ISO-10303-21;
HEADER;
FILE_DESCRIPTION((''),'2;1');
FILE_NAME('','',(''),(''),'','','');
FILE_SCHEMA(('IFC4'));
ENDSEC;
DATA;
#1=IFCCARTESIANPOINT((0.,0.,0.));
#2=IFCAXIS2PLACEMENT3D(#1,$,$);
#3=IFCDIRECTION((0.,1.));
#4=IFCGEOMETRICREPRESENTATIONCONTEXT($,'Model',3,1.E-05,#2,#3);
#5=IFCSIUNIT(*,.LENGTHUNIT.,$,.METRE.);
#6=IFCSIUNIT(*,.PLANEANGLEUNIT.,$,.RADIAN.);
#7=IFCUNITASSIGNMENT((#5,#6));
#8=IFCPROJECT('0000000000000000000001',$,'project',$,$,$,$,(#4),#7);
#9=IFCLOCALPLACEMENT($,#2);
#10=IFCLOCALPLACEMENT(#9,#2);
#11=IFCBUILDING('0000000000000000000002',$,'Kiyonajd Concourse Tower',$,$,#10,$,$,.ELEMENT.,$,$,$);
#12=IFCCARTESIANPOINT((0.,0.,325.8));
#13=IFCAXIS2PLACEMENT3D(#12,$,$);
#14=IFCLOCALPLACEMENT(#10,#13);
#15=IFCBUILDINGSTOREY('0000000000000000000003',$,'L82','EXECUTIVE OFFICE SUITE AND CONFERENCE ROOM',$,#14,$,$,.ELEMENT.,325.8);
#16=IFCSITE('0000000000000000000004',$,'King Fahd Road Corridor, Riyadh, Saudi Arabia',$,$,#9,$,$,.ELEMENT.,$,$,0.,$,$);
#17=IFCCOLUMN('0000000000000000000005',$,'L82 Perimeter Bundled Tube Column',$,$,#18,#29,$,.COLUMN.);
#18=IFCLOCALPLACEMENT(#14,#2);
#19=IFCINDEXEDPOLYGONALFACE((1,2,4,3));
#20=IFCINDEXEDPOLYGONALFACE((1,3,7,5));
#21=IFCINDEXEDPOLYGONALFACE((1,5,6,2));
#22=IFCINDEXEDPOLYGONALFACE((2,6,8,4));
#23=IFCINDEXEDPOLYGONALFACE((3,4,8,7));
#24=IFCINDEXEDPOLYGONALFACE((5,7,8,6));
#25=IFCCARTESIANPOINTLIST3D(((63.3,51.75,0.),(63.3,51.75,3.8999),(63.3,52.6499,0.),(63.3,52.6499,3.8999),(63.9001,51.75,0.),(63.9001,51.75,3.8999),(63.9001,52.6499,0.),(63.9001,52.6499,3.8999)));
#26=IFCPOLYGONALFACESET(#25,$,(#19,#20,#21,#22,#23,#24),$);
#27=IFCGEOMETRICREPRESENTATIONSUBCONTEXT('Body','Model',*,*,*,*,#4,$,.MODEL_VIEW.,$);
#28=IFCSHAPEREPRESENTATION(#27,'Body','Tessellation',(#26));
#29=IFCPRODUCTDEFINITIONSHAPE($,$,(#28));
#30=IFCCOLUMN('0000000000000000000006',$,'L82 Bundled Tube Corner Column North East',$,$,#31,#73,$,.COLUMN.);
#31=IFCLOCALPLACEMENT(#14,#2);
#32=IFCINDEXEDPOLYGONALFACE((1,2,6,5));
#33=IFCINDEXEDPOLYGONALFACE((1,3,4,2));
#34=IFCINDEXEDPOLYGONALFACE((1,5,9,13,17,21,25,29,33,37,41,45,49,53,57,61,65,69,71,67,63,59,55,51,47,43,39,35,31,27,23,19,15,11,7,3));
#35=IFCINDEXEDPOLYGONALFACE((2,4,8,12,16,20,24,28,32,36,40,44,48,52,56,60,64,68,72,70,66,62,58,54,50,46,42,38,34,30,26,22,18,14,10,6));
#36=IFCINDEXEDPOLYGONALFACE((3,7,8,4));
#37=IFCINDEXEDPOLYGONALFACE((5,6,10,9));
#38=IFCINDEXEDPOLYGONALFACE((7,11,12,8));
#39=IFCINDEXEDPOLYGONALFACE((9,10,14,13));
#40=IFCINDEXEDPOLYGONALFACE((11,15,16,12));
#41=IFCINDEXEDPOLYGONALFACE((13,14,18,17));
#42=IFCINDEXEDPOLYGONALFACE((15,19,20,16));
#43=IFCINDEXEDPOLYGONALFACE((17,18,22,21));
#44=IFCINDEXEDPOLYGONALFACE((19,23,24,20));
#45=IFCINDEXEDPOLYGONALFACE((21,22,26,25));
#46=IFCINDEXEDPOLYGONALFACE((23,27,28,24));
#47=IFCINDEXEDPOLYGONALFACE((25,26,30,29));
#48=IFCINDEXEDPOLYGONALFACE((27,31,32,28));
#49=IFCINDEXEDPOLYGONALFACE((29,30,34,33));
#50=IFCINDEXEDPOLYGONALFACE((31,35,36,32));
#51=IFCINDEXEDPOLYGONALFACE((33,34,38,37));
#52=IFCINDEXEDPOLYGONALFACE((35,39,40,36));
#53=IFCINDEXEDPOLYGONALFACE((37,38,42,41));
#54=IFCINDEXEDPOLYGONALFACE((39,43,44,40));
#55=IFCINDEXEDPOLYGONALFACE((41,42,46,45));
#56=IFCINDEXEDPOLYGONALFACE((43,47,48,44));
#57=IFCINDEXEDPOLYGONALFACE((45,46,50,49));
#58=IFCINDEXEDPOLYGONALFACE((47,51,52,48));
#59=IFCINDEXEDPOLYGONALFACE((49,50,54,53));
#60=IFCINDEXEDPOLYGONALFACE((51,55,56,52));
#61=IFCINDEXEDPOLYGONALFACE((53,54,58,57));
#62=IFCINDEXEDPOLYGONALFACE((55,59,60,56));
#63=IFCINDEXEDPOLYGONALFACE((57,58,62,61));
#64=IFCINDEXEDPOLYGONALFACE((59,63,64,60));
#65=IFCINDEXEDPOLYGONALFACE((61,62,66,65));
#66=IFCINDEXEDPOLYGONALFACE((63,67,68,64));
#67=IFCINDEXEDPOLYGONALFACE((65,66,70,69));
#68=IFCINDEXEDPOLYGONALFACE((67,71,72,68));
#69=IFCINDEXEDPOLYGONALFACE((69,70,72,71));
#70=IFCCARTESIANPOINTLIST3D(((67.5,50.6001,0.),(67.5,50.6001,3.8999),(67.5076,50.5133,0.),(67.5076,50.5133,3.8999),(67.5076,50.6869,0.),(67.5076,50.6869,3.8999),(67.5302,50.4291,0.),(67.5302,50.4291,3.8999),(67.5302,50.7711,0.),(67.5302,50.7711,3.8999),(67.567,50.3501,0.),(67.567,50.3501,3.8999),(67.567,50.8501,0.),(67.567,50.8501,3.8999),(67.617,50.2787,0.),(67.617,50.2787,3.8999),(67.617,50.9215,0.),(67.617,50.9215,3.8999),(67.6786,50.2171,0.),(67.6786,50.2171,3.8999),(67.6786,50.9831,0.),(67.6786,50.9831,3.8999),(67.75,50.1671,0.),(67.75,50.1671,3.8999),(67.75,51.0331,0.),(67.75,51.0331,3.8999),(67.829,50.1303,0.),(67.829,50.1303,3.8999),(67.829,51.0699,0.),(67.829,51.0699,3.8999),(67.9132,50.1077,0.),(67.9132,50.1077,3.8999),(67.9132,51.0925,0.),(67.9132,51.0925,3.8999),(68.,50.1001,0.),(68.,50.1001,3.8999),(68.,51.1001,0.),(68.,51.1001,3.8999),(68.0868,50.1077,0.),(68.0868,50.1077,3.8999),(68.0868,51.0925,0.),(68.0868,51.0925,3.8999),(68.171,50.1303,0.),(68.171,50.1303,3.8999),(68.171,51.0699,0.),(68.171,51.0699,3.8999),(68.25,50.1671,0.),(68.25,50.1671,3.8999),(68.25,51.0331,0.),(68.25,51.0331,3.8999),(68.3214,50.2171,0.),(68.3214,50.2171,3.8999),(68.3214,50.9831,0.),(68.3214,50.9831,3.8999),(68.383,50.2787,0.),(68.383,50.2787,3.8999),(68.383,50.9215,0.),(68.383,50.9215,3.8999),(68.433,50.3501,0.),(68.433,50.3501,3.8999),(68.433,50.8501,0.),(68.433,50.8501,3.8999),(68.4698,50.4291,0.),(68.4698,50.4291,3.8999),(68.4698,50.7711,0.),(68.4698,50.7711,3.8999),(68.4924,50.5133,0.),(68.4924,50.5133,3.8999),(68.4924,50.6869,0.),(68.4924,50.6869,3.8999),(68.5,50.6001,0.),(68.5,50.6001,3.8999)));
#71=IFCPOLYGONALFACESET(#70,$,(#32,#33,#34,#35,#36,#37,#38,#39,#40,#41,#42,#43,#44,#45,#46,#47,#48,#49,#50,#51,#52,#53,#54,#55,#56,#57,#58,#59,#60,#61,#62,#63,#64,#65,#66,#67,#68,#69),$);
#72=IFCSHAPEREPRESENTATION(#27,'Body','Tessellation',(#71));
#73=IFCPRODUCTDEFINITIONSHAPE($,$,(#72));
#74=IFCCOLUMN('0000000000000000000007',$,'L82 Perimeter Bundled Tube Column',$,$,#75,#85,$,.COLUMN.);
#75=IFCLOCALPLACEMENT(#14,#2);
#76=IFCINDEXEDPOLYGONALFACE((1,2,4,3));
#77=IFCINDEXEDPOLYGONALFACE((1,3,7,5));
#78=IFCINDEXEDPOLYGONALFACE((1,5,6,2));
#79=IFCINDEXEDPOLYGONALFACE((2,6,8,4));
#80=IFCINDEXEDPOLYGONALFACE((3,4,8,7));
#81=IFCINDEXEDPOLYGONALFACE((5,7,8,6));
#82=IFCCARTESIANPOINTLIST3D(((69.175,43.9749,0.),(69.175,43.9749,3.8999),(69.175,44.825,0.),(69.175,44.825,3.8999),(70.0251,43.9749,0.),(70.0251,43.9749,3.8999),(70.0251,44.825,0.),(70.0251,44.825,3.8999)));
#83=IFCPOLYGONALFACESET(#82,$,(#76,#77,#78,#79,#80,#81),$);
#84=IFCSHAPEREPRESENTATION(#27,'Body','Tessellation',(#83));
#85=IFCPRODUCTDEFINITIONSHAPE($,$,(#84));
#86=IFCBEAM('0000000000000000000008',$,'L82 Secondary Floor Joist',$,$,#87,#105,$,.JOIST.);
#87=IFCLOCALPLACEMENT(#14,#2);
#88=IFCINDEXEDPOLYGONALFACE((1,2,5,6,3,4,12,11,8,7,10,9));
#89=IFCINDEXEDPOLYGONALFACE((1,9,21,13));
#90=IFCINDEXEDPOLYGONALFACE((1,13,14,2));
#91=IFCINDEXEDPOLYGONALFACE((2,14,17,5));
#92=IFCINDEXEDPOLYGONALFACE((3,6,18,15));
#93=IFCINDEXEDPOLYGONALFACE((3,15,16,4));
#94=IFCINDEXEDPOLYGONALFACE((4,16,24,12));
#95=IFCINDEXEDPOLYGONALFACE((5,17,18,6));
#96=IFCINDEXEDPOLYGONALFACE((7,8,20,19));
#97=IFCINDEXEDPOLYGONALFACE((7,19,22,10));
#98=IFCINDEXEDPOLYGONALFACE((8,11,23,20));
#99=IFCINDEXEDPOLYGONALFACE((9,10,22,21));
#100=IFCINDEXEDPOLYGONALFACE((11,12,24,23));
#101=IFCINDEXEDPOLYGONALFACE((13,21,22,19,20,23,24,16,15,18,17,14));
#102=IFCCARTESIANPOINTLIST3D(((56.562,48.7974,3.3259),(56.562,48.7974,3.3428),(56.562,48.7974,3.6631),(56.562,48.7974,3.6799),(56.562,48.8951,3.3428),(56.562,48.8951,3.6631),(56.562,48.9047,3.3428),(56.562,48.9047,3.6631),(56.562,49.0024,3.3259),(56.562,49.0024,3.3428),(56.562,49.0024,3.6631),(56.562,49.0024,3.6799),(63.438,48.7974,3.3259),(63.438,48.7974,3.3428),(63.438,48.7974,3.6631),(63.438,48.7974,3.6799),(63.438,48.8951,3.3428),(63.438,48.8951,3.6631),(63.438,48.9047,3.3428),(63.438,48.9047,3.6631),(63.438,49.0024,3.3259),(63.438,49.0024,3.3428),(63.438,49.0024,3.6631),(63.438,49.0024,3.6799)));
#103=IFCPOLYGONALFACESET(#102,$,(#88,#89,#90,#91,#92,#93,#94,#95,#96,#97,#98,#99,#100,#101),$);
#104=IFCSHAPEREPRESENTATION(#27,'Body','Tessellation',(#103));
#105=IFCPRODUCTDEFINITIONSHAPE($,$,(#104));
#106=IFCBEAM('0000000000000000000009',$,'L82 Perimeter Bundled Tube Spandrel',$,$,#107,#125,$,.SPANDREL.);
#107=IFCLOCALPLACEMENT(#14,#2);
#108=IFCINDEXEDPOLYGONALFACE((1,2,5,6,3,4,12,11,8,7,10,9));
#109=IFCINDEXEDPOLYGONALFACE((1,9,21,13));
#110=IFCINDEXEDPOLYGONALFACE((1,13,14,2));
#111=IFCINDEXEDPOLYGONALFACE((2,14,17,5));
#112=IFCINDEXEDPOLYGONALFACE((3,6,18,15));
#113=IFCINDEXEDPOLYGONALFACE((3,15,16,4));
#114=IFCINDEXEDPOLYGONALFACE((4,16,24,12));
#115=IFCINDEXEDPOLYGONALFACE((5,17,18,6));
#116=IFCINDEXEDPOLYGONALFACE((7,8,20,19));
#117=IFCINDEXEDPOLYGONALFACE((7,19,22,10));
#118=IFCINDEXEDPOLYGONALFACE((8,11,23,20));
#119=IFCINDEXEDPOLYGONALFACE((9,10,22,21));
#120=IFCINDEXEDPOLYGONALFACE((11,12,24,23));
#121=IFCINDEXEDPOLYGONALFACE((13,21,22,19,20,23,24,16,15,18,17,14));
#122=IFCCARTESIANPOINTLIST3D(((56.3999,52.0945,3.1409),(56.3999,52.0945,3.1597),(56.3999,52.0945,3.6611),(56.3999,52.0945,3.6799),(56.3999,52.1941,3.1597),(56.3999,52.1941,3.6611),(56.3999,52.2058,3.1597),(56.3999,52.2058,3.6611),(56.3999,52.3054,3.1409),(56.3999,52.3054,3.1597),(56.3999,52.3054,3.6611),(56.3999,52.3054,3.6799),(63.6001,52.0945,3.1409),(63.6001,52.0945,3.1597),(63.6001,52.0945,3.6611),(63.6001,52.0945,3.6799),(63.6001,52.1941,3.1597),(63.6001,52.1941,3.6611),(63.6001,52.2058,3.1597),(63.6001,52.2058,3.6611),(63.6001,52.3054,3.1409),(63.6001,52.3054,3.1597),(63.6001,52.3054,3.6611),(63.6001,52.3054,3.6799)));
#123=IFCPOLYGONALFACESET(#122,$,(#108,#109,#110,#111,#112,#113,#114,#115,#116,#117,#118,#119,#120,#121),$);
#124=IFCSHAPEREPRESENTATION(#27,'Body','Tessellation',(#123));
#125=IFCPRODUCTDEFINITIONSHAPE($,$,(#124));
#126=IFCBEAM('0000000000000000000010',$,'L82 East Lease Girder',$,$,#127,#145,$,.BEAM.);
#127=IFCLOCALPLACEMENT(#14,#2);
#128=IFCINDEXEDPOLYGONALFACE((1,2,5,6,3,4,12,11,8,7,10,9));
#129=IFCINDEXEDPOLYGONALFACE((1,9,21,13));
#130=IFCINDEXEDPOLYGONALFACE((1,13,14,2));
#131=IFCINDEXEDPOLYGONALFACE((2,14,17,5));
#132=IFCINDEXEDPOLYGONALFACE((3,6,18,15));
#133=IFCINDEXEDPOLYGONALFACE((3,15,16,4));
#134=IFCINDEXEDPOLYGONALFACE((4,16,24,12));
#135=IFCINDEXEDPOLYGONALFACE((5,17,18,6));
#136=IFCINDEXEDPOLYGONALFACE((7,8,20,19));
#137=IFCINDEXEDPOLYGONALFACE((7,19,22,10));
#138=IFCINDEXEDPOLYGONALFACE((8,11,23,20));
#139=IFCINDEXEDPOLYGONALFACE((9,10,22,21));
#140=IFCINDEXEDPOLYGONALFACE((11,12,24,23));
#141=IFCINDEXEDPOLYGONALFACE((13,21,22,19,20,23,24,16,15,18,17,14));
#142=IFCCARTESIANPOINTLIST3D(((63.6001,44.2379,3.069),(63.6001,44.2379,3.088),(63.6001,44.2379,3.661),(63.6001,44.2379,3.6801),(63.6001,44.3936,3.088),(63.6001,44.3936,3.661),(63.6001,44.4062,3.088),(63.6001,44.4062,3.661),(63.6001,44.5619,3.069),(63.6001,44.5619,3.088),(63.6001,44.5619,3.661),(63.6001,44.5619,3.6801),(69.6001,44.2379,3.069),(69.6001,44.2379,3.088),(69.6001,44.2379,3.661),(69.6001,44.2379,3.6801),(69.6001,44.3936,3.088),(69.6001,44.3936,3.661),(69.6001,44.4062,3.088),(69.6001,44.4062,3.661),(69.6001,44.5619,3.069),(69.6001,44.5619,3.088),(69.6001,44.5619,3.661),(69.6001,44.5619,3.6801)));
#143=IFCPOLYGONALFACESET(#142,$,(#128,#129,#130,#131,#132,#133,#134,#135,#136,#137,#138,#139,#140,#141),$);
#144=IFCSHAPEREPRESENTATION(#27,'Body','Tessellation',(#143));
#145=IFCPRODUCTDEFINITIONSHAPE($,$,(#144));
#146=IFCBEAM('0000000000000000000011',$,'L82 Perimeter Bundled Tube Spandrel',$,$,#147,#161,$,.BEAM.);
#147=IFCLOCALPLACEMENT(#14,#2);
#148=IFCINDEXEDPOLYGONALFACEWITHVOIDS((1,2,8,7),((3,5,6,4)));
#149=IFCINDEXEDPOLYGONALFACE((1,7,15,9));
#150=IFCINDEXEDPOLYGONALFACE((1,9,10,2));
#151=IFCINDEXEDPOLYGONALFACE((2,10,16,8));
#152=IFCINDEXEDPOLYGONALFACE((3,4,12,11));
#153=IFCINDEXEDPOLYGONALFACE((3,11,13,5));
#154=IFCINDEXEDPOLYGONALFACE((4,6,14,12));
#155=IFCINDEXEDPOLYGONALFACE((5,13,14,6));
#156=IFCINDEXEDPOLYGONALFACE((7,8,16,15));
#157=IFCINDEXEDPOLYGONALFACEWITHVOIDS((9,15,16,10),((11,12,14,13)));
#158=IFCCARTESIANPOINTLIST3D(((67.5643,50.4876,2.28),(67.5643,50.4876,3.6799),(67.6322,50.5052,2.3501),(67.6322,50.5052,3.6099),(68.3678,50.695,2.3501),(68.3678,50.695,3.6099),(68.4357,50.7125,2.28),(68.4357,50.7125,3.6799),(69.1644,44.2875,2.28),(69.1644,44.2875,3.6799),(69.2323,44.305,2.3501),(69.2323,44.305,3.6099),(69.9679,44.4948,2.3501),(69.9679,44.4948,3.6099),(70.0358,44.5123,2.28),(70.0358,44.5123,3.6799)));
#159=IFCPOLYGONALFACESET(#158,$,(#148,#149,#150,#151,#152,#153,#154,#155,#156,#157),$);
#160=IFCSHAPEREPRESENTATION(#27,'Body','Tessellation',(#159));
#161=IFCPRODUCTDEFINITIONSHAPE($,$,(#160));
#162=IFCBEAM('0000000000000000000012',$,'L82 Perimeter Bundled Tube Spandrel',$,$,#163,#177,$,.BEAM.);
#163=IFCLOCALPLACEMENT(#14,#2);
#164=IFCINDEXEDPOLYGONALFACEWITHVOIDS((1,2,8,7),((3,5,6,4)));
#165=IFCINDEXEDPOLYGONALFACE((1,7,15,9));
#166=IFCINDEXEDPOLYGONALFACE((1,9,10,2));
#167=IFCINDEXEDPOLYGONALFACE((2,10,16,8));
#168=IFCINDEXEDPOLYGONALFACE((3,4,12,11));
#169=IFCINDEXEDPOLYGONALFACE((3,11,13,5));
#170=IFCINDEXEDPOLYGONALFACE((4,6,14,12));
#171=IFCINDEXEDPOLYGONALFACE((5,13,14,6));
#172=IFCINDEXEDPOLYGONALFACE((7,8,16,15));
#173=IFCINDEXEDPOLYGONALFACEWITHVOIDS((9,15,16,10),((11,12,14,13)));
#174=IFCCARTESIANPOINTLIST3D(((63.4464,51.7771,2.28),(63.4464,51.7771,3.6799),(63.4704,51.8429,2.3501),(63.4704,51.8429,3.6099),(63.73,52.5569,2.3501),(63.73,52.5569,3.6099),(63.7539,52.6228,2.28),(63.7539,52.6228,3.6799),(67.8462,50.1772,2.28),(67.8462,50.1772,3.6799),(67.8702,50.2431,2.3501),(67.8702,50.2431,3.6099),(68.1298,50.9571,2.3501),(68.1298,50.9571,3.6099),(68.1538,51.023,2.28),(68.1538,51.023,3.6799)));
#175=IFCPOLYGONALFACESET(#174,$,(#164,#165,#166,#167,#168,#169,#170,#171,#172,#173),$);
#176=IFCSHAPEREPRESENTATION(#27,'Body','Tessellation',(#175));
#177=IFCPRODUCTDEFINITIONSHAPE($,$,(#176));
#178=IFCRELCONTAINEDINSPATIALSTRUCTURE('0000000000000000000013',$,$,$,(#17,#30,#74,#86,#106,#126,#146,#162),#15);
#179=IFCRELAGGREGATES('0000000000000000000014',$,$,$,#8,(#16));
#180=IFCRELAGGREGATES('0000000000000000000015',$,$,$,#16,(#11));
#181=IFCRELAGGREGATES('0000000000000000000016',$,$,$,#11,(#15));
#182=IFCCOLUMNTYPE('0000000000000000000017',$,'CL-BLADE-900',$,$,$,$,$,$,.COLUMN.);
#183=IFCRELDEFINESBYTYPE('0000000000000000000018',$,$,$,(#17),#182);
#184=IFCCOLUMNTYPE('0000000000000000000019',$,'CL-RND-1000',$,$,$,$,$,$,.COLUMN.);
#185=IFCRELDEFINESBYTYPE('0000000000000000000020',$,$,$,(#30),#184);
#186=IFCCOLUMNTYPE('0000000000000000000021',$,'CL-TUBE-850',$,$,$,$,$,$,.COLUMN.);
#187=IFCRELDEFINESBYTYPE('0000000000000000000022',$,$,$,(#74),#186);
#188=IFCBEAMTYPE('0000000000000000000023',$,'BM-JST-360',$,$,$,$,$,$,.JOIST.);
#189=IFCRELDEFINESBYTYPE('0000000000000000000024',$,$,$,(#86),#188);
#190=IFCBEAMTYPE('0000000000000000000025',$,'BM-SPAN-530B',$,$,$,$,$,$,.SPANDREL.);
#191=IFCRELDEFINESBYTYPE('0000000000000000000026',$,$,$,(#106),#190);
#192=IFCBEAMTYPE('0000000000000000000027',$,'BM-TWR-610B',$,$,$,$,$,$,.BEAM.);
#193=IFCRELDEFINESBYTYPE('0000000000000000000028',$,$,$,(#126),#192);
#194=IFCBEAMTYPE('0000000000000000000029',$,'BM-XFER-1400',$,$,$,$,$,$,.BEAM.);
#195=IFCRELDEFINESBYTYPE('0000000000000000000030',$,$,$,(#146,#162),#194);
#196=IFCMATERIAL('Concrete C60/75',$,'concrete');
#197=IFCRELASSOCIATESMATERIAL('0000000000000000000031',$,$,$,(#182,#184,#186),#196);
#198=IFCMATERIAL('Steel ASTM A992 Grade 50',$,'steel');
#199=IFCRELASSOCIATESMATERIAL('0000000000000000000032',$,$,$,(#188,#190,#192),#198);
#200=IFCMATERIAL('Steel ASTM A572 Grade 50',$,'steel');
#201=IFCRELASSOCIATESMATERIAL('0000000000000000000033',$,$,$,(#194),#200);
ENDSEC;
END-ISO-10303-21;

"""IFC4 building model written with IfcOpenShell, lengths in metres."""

from ifc_helpers import new_model, si_unit, direction, frame, origin, origin_2d, place, context, subcontext, project, spatial, rectangle, hollow_rectangle, circle, i_section, extrude, material, material_profile, profile_set, type_object, element, save


model = new_model("IFC4")

# Units and contexts
model_context = context("Model", 3, precision=1e-05, world=origin(), true_north=direction((0.0, 1.0)))
body_context = subcontext(model_context, "Body", "Model", "MODEL_VIEW")
ifc_project = project(units=[si_unit("LENGTHUNIT", "METRE"), si_unit("PLANEANGLEUNIT", "RADIAN")], contexts=[model_context])

# Site, building, storey
site_placement = place(None, origin())
site = spatial("IfcSite", under=ifc_project, at=site_placement, Name="King Fahd Road Corridor, Riyadh, Saudi Arabia", CompositionType="ELEMENT", RefElevation=0.0)
building_placement = place(site_placement, origin())
building = spatial("IfcBuilding", under=site, at=building_placement, Name="Kiyonajd Concourse Tower", CompositionType="ELEMENT")
storey_placement = place(building_placement, frame((0.0, 0.0, 325.8)))
storey = spatial("IfcBuildingStorey", under=building, at=storey_placement, Name="L82", Description="EXECUTIVE OFFICE SUITE AND CONFERENCE ROOM", CompositionType="ELEMENT", Elevation=325.8)

# Columns
ifc_material_1 = material(Name="Concrete C60/75", Category="concrete")
ifc_material_profile_1 = material_profile(ifc_material_1, rectangle(XDim=0.6001, YDim=0.8999, at=origin_2d()), Name="RC-900x600")
ifc_profile_set_1 = profile_set([ifc_material_profile_1], Name="Concrete C60/75")
column_type_1 = type_object("IfcColumnType", Name="CL-BLADE-900", PredefinedType="COLUMN", material=ifc_profile_set_1)
column_1_placement = place(storey_placement, frame((63.6001, 52.2, 0.0), z_axis=(0.0, 0.0, 1.0), x_axis=(1.0, 0.0, 0.0)))
element("IfcColumn", 1, at=column_1_placement, inside=storey, type_object=column_type_1, Name="L82 Perimeter Bundled Tube Column", PredefinedType="COLUMN", context=body_context, shape_type="SweptSolid", body=[
    extrude(rectangle(XDim=0.6001, YDim=0.8999, at=origin_2d()), origin(), (0.0, 0.0, 1.0), 3.8999),
])
ifc_material_profile_2 = material_profile(ifc_material_1, circle(Radius=0.5, at=origin_2d()), Name="RCC-D1000")
ifc_profile_set_2 = profile_set([ifc_material_profile_2], Name="Concrete C60/75")
column_type_2 = type_object("IfcColumnType", Name="CL-RND-1000", PredefinedType="COLUMN", material=ifc_profile_set_2)
column_2_placement = place(storey_placement, frame((68.0, 50.6001, 0.0), z_axis=(0.0, 0.0, 1.0), x_axis=(1.0, 0.0, 0.0)))
element("IfcColumn", 2, at=column_2_placement, inside=storey, type_object=column_type_2, Name="L82 Bundled Tube Corner Column North East", PredefinedType="COLUMN", context=body_context, shape_type="SweptSolid", body=[
    extrude(circle(Radius=0.5, at=origin_2d()), origin(), (0.0, 0.0, 1.0), 3.8999),
])
ifc_material_profile_3 = material_profile(ifc_material_1, rectangle(XDim=0.8501, YDim=0.8501, at=origin_2d()), Name="RC-850x850")
ifc_profile_set_3 = profile_set([ifc_material_profile_3], Name="Concrete C60/75")
column_type_3 = type_object("IfcColumnType", Name="CL-TUBE-850", PredefinedType="COLUMN", material=ifc_profile_set_3)
column_3_placement = place(storey_placement, frame((69.6001, 44.3999, 0.0), z_axis=(0.0, 0.0, 1.0), x_axis=(1.0, 0.0, 0.0)))
element("IfcColumn", 3, at=column_3_placement, inside=storey, type_object=column_type_3, Name="L82 Perimeter Bundled Tube Column", PredefinedType="COLUMN", context=body_context, shape_type="SweptSolid", body=[
    extrude(rectangle(XDim=0.8501, YDim=0.8501, at=origin_2d()), origin(), (0.0, 0.0, 1.0), 3.8999),
])

# Beams
ifc_material_2 = material(Name="Steel ASTM A992 Grade 50", Category="steel")
ifc_material_profile_4 = material_profile(ifc_material_2, i_section(OverallWidth=0.2051, OverallDepth=0.354, WebThickness=0.0095, FlangeThickness=0.0168, at=origin_2d()), Name="W360X79")
ifc_profile_set_4 = profile_set([ifc_material_profile_4], Name="Steel ASTM A992 Grade 50")
beam_type_1 = type_object("IfcBeamType", Name="BM-JST-360", PredefinedType="JOIST", material=ifc_profile_set_4)
beam_1_placement = place(storey_placement, frame((56.562, 48.8999, 3.5029), z_axis=(1.0, 0.0, 0.0), x_axis=(0.0, 1.0, 0.0)))
element("IfcBeam", 4, at=beam_1_placement, inside=storey, type_object=beam_type_1, Name="L82 Secondary Floor Joist", PredefinedType="JOIST", context=body_context, shape_type="SweptSolid", body=[
    extrude(i_section(OverallWidth=0.2051, OverallDepth=0.354, WebThickness=0.0095, FlangeThickness=0.0168, at=origin_2d()), origin(), (0.0, 0.0, 1.0), 6.876),
])
ifc_material_profile_5 = material_profile(ifc_material_2, i_section(OverallWidth=0.2109, OverallDepth=0.5391, WebThickness=0.0117, FlangeThickness=0.0188, at=origin_2d()), Name="W530X109")
ifc_profile_set_5 = profile_set([ifc_material_profile_5], Name="Steel ASTM A992 Grade 50")
beam_type_2 = type_object("IfcBeamType", Name="BM-SPAN-530B", PredefinedType="SPANDREL", material=ifc_profile_set_5)
beam_2_placement = place(storey_placement, frame((63.6001, 52.2, 3.4104), z_axis=(-1.0, 0.0, 0.0), x_axis=(0.0, -1.0, 0.0)))
element("IfcBeam", 5, at=beam_2_placement, inside=storey, type_object=beam_type_2, Name="L82 Perimeter Bundled Tube Spandrel", PredefinedType="SPANDREL", context=body_context, shape_type="SweptSolid", body=[
    extrude(i_section(OverallWidth=0.2109, OverallDepth=0.5391, WebThickness=0.0117, FlangeThickness=0.0188, at=origin_2d()), origin(), (0.0, 0.0, 1.0), 7.2002),
])
ifc_material_profile_6 = material_profile(ifc_material_2, i_section(OverallWidth=0.324, OverallDepth=0.6111, WebThickness=0.0127, FlangeThickness=0.019, at=origin_2d()), Name="W610X155")
ifc_profile_set_6 = profile_set([ifc_material_profile_6], Name="Steel ASTM A992 Grade 50")
beam_type_3 = type_object("IfcBeamType", Name="BM-TWR-610B", PredefinedType="BEAM", material=ifc_profile_set_6)
beam_3_placement = place(storey_placement, frame((63.6001, 44.3999, 3.3745), z_axis=(1.0, 0.0, 0.0), x_axis=(0.0, 1.0, 0.0)))
element("IfcBeam", 6, at=beam_3_placement, inside=storey, type_object=beam_type_3, Name="L82 East Lease Girder", PredefinedType="BEAM", context=body_context, shape_type="SweptSolid", body=[
    extrude(i_section(OverallWidth=0.324, OverallDepth=0.6111, WebThickness=0.0127, FlangeThickness=0.019, at=origin_2d()), origin(), (0.0, 0.0, 1.0), 6.0),
])
ifc_material_3 = material(Name="Steel ASTM A572 Grade 50", Category="steel")
ifc_material_profile_7 = material_profile(ifc_material_3, hollow_rectangle(XDim=0.8999, YDim=1.3999, WallThickness=0.0701, at=origin_2d()), Name="BOX-1400x900x70")
ifc_profile_set_7 = profile_set([ifc_material_profile_7], Name="Steel ASTM A572 Grade 50")
beam_type_4 = type_object("IfcBeamType", Name="BM-XFER-1400", PredefinedType="BEAM", material=ifc_profile_set_7)
beam_4_placement = place(storey_placement, frame((69.6001, 44.3999, 2.98), z_axis=(-0.249885, 0.968276, 0.0), x_axis=(-0.968276, -0.249885, 0.0)))
element("IfcBeam", 7, at=beam_4_placement, inside=storey, type_object=beam_type_4, Name="L82 Perimeter Bundled Tube Spandrel", PredefinedType="BEAM", context=body_context, shape_type="SweptSolid", body=[
    extrude(hollow_rectangle(XDim=0.8999, YDim=1.3999, WallThickness=0.0701, at=origin_2d()), origin(), (0.0, 0.0, 1.0), 6.4033),
])
beam_5_placement = place(storey_placement, frame((68.0, 50.6001, 2.98), z_axis=(-0.939801, 0.341722, 0.0), x_axis=(-0.341722, -0.939801, 0.0)))
element("IfcBeam", 8, at=beam_5_placement, inside=storey, type_object=beam_type_4, Name="L82 Perimeter Bundled Tube Spandrel", PredefinedType="BEAM", context=body_context, shape_type="SweptSolid", body=[
    extrude(hollow_rectangle(XDim=0.8999, YDim=1.3999, WallThickness=0.0701, at=origin_2d()), origin(), (0.0, 0.0, 1.0), 4.6816),
])

save(model, "model.ifc")
